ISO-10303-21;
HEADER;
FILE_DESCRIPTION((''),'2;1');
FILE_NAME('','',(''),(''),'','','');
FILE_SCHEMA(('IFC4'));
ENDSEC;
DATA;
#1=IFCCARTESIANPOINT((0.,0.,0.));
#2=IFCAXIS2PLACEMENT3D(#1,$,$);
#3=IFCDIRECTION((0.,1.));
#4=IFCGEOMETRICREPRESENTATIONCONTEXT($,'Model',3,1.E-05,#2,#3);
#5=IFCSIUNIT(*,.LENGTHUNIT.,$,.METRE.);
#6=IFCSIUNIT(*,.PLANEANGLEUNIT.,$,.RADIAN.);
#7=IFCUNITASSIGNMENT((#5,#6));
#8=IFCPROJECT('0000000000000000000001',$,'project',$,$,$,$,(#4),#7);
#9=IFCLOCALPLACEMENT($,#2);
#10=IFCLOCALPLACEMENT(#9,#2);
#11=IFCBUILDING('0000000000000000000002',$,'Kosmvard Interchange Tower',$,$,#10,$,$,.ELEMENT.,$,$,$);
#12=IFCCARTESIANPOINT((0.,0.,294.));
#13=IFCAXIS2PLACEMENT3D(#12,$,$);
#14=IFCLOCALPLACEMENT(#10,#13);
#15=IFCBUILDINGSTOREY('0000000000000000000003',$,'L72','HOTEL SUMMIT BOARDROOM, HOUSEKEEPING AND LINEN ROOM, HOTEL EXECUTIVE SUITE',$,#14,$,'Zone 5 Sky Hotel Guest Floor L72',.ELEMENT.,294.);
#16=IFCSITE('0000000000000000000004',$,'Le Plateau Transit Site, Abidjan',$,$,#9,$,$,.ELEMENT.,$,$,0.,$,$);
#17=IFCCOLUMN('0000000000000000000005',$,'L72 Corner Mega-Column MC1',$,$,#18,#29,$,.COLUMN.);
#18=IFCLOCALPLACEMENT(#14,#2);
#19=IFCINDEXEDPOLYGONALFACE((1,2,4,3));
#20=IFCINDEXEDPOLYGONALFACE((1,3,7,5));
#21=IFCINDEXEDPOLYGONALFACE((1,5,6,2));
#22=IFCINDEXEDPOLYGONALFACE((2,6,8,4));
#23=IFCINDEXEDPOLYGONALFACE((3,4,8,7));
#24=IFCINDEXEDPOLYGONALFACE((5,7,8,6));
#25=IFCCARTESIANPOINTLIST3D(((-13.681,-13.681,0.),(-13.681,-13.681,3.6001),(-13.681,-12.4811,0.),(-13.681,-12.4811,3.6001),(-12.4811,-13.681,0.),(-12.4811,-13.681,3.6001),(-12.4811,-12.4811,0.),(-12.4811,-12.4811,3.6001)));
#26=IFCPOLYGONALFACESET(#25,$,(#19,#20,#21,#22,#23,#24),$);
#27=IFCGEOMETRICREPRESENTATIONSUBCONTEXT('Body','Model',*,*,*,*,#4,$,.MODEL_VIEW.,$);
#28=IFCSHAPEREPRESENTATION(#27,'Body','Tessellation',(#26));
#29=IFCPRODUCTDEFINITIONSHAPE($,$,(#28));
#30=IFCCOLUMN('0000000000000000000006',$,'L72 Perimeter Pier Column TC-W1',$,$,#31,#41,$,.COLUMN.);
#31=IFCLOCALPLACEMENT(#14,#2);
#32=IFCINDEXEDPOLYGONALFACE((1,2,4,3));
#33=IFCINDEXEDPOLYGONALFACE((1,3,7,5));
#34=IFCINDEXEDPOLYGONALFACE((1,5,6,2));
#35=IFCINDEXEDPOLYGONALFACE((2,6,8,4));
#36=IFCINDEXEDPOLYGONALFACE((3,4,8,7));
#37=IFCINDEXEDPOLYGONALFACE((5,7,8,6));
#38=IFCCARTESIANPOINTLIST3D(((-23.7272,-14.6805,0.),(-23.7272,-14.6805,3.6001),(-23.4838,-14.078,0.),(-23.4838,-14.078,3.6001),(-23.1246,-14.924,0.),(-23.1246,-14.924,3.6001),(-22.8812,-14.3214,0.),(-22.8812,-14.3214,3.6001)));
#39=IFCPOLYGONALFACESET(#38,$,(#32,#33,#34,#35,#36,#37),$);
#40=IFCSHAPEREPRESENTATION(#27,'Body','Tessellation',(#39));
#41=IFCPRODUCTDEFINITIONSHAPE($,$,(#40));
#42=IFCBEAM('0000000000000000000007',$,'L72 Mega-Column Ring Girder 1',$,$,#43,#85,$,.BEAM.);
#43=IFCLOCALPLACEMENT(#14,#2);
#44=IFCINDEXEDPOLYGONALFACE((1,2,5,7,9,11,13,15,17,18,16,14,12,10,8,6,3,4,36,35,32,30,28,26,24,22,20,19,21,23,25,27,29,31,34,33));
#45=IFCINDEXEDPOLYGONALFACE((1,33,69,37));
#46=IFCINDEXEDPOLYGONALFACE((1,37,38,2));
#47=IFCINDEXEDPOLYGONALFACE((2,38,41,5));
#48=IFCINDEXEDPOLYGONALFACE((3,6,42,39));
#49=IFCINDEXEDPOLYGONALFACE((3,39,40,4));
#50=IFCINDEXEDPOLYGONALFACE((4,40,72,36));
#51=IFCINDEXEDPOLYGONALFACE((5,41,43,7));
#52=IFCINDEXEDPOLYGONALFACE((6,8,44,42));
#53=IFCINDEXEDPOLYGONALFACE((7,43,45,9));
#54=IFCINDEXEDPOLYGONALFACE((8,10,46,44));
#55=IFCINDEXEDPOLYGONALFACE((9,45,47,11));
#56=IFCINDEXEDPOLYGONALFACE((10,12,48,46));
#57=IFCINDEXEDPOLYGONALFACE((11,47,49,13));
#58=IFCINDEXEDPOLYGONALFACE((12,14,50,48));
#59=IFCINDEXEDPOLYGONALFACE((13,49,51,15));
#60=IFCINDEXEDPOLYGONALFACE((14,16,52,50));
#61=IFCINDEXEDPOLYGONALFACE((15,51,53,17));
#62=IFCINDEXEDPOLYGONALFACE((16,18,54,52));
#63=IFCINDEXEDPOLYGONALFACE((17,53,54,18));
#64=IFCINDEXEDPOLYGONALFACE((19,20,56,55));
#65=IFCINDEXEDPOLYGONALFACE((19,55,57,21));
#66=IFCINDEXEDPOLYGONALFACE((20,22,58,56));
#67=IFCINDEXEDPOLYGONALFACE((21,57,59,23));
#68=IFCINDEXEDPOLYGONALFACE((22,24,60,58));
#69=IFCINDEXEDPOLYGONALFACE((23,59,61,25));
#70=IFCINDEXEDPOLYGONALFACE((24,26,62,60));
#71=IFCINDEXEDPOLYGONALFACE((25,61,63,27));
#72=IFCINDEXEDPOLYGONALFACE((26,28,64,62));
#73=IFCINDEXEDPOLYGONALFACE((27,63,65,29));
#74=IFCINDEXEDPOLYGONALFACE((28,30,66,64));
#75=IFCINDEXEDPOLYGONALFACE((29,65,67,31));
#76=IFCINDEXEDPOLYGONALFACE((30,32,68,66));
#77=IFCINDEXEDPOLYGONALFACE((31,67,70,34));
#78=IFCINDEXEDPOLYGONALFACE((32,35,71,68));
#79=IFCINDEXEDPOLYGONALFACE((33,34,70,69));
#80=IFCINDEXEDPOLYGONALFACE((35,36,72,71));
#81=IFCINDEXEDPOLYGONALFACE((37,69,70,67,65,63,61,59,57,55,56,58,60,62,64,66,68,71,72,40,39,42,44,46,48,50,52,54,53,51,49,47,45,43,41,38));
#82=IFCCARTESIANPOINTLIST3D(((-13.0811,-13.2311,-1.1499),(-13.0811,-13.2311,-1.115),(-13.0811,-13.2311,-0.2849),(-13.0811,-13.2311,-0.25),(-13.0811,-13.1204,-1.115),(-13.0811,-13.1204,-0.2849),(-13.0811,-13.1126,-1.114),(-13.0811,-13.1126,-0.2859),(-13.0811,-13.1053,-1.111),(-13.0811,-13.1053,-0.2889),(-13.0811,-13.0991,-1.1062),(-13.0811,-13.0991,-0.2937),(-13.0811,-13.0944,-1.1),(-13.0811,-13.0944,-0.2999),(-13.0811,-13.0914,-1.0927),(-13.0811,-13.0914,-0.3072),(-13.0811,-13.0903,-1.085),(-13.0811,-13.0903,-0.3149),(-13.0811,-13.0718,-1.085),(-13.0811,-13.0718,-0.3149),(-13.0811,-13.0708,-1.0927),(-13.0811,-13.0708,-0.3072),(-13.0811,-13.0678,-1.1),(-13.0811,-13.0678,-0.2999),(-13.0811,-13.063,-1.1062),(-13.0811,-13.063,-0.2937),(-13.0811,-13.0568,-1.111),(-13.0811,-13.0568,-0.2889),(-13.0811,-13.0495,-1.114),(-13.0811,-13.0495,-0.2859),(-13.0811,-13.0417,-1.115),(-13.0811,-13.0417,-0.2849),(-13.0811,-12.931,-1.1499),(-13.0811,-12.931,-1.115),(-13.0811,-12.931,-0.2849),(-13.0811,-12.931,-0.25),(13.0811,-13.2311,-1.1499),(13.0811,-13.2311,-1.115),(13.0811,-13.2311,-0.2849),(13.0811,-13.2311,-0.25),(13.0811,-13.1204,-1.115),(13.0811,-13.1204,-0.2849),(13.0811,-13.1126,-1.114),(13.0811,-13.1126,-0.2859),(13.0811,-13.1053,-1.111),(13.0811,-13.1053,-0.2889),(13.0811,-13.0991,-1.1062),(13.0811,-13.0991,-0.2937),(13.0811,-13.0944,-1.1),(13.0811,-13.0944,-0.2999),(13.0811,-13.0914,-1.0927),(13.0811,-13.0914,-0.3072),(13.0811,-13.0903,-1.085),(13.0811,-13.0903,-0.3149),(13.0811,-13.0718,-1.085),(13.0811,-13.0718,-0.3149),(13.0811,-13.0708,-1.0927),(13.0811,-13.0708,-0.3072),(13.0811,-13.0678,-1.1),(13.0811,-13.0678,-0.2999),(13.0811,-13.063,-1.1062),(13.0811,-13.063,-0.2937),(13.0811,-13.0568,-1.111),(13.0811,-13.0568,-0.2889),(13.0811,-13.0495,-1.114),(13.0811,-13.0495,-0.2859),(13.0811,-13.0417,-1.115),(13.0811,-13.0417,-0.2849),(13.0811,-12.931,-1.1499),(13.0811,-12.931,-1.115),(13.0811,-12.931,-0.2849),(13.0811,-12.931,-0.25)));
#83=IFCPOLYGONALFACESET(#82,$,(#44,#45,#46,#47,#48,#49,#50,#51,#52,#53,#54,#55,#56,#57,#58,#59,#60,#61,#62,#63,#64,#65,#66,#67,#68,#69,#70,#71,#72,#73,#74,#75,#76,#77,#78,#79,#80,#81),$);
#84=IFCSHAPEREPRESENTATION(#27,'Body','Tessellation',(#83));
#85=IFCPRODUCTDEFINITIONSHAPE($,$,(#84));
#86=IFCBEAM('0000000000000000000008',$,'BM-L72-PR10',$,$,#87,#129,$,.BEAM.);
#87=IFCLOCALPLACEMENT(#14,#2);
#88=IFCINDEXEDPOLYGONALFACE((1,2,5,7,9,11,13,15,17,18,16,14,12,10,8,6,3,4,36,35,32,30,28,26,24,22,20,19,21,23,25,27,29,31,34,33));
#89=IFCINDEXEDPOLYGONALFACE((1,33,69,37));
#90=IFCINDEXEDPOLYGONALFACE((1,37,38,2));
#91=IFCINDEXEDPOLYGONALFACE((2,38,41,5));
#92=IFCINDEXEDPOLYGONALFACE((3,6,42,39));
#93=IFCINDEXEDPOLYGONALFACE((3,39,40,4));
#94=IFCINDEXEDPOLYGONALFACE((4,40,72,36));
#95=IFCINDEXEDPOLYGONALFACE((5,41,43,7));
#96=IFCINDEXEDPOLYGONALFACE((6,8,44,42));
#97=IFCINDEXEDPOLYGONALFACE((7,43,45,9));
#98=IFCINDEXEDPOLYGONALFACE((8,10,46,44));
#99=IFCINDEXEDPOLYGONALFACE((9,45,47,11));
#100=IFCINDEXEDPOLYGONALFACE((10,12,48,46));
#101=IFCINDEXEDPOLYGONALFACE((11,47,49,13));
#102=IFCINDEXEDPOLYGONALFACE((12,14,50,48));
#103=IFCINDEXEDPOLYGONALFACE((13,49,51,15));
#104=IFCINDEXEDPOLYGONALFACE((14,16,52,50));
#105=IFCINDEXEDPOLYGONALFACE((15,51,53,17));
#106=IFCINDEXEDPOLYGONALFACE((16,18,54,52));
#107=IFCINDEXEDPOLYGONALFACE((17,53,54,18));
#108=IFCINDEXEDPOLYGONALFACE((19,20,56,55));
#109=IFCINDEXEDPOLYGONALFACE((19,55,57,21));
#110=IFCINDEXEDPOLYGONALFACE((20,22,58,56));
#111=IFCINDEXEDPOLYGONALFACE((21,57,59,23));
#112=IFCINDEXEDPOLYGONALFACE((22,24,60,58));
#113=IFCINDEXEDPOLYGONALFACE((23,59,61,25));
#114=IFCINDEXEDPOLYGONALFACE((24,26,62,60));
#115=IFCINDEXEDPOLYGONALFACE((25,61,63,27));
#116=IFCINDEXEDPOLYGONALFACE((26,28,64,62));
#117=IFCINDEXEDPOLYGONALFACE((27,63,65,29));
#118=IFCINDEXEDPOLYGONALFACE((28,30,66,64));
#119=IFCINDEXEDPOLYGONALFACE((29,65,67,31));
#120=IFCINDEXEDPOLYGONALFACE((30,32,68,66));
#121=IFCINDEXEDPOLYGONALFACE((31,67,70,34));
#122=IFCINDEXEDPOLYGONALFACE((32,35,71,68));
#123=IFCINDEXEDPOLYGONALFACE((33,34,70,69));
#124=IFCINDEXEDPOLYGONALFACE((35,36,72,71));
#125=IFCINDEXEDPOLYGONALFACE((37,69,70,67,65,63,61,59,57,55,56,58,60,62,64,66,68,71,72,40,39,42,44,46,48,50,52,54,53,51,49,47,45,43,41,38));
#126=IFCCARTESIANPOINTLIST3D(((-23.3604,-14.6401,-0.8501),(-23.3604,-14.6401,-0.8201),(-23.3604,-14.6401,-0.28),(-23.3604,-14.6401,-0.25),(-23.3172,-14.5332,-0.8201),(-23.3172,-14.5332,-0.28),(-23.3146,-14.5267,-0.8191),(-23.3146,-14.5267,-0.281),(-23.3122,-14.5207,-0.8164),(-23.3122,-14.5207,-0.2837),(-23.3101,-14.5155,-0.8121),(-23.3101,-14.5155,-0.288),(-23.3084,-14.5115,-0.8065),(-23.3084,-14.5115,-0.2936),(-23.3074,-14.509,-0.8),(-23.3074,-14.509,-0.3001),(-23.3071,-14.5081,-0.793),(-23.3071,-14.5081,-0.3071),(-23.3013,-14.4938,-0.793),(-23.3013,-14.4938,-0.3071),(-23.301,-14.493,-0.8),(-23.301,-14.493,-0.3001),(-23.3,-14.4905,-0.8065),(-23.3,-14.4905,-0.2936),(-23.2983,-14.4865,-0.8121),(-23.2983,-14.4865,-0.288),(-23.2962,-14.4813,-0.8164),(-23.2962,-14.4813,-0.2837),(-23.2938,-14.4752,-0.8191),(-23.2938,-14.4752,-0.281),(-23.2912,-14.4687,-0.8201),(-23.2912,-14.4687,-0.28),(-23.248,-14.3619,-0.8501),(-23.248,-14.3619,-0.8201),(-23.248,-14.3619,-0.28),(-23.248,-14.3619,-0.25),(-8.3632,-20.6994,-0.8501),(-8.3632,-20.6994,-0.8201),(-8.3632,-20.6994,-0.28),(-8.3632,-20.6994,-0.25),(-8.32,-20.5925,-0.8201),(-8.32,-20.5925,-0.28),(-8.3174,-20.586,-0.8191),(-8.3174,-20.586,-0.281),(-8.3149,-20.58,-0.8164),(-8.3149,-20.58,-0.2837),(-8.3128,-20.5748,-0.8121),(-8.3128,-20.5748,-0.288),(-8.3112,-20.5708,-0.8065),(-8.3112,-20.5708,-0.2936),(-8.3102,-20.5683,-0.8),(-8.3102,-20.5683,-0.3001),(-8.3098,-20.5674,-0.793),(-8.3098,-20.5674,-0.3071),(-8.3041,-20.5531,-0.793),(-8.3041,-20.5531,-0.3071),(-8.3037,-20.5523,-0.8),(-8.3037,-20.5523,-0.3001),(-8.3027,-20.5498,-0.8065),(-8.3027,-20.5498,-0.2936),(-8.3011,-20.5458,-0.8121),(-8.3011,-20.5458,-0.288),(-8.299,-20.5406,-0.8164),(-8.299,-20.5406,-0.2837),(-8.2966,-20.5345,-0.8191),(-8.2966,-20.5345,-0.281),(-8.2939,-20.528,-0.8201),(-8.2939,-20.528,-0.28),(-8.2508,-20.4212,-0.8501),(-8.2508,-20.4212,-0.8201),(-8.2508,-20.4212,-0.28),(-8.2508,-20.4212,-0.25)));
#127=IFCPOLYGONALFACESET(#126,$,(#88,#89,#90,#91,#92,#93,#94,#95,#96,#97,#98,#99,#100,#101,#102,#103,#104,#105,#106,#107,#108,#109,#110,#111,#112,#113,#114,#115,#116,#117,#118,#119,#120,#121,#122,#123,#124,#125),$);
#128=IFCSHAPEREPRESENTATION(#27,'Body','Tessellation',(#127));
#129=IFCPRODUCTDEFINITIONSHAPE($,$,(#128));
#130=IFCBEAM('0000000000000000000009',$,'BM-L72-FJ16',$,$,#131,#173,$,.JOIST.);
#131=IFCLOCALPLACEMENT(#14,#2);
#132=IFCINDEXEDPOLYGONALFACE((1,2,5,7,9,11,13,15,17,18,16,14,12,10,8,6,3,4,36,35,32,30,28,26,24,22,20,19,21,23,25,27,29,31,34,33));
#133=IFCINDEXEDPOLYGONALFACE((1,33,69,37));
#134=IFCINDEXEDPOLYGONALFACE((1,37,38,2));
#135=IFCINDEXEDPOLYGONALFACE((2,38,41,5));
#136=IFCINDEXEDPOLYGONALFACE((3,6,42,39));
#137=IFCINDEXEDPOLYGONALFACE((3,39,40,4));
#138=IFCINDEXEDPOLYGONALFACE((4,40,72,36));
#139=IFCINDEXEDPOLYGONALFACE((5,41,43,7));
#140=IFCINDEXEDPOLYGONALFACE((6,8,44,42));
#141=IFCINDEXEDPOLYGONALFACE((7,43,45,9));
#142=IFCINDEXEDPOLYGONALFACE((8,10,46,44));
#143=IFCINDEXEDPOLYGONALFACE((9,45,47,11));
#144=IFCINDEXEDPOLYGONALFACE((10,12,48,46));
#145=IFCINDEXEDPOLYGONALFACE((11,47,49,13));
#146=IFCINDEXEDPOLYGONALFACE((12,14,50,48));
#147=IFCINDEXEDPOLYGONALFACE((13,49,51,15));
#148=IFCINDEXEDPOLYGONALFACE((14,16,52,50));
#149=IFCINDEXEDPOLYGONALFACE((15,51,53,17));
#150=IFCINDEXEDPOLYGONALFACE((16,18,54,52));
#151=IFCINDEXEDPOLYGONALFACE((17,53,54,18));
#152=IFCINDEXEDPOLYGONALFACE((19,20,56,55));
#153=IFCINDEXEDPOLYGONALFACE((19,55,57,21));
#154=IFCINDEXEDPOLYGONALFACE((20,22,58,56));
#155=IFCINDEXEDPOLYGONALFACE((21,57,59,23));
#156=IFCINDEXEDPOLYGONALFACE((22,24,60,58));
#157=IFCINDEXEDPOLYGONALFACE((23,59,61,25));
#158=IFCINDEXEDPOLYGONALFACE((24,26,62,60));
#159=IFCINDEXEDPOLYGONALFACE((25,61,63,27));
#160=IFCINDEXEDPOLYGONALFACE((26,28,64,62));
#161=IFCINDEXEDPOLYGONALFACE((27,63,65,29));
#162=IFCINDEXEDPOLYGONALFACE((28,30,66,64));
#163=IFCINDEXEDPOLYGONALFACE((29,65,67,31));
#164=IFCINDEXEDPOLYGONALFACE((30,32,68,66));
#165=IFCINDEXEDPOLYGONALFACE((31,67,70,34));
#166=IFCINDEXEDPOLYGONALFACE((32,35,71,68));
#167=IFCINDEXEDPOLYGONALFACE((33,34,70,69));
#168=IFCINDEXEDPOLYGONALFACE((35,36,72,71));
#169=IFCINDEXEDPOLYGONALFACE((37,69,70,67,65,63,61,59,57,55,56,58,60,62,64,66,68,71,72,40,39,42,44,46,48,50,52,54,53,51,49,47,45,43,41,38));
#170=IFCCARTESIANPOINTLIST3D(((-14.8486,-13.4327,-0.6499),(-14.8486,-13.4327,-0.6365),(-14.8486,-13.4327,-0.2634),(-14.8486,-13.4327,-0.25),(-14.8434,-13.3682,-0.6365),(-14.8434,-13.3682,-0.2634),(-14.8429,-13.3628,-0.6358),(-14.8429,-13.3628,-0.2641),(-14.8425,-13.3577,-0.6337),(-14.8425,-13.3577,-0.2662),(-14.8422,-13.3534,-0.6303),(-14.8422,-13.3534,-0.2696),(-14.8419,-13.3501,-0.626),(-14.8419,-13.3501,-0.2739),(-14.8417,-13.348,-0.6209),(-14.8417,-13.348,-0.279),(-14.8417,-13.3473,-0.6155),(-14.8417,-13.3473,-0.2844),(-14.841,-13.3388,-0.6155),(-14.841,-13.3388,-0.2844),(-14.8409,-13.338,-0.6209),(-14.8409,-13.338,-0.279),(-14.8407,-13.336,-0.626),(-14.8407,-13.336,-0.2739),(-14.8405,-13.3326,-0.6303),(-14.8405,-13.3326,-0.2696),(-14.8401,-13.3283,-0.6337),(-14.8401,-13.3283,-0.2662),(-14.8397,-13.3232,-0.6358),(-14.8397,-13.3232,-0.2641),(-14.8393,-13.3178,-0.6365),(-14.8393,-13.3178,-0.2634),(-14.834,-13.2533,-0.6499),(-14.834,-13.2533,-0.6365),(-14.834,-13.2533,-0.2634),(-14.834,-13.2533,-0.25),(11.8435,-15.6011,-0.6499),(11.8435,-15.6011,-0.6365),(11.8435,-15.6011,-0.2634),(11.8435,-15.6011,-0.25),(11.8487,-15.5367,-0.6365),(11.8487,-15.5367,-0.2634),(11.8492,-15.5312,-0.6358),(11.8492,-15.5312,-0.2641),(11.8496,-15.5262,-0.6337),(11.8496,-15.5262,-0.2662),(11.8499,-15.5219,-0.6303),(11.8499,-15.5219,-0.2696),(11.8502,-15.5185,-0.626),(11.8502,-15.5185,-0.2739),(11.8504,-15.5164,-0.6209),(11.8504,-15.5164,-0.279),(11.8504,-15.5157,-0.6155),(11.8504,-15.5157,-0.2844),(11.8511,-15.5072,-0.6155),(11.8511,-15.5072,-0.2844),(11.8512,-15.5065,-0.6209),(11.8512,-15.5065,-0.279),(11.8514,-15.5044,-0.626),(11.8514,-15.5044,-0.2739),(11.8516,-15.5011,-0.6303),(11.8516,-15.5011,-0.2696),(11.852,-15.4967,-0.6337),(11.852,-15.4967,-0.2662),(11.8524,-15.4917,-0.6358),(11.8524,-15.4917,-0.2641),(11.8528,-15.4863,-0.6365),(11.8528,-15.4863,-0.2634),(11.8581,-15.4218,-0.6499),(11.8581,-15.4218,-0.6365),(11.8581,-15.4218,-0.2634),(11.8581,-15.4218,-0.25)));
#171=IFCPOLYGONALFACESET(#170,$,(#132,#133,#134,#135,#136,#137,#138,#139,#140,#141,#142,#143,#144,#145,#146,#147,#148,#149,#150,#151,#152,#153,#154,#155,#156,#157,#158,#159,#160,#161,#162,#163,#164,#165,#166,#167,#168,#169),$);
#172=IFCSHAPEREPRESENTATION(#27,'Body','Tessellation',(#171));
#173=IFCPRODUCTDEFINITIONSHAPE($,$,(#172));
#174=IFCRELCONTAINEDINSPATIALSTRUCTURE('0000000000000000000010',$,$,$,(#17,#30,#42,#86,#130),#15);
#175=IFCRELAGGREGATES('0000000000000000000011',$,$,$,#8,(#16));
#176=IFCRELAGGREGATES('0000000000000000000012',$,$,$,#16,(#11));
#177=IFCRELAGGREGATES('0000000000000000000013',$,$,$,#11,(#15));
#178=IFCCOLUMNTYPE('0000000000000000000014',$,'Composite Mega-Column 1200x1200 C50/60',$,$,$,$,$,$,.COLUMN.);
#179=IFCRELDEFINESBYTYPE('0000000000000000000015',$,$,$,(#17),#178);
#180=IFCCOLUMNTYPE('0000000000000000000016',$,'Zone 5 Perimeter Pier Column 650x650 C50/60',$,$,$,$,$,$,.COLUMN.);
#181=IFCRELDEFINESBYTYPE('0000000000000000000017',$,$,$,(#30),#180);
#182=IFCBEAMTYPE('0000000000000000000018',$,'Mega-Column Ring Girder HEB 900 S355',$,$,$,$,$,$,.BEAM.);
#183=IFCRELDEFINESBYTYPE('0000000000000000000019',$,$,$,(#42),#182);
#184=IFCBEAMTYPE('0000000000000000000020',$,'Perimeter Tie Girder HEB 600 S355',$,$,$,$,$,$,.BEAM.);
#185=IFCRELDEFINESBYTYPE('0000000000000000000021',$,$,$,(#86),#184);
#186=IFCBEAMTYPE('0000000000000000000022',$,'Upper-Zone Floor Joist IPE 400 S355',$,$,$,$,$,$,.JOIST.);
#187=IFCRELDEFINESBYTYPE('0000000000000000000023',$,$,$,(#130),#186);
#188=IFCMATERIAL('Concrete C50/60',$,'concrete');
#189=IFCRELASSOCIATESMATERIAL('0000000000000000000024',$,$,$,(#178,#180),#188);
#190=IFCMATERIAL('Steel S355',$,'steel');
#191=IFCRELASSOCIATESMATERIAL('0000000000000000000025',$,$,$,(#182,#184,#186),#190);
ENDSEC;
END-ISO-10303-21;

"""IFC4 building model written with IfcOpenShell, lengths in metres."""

from ifc_helpers import new_model, si_unit, direction, frame, origin, origin_2d, place, context, subcontext, project, spatial, rectangle, i_section, extrude, source, transform, mapped, material, material_profile, profile_set, type_object, element, save


model = new_model("IFC4")

# Units and contexts
model_context = context("Model", 3, precision=1e-05, world=origin(), true_north=direction((0.0, 1.0)))
body_context = subcontext(model_context, "Body", "Model", "MODEL_VIEW")
ifc_project = project(units=[si_unit("LENGTHUNIT", "METRE"), si_unit("PLANEANGLEUNIT", "RADIAN")], contexts=[model_context])

# Site, building, storey
site_placement = place(None, origin())
site = spatial("IfcSite", under=ifc_project, at=site_placement, Name="Le Plateau Transit Site, Abidjan", CompositionType="ELEMENT", RefElevation=0.0)
building_placement = place(site_placement, origin())
building = spatial("IfcBuilding", under=site, at=building_placement, Name="Kosmvard Interchange Tower", CompositionType="ELEMENT")
storey_placement = place(building_placement, frame((0.0, 0.0, 294.0)))
storey = spatial("IfcBuildingStorey", under=building, at=storey_placement, Name="L72", Description="HOTEL SUMMIT BOARDROOM, HOUSEKEEPING AND LINEN ROOM, HOTEL EXECUTIVE SUITE", LongName="Zone 5 Sky Hotel Guest Floor L72", CompositionType="ELEMENT", Elevation=294.0)

# Columns
ifc_material_1 = material(Name="Concrete C50/60", Category="concrete")
ifc_material_profile_1 = material_profile(ifc_material_1, rectangle(XDim=1.2, YDim=1.2, at=origin_2d()), Name="MC 1200x1200")
ifc_profile_set_1 = profile_set([ifc_material_profile_1], Name="Concrete C50/60")
column_type_1 = type_object("IfcColumnType", Name="Composite Mega-Column 1200x1200 C50/60", PredefinedType="COLUMN", material=ifc_profile_set_1)
shared_shape_1 = source(origin(), body_context, "Body", "SweptSolid", [
    extrude(rectangle(XDim=1.2, YDim=1.2, at=origin_2d()), origin(), (0.0, 0.0, 1.0), 3.6001),
])
column_1_placement = place(storey_placement, frame((-13.0811, -13.0811, 0.0), z_axis=(0.0, 0.0, 1.0), x_axis=(1.0, 0.0, 0.0)))
element("IfcColumn", 1, at=column_1_placement, inside=storey, type_object=column_type_1, Name="L72 Corner Mega-Column MC1", PredefinedType="COLUMN", context=body_context, shape_type="MappedRepresentation", body=[
    mapped(shared_shape_1, transform((0.0, 0.0, 0.0), scale=1.0)),
])
ifc_material_profile_2 = material_profile(ifc_material_1, rectangle(XDim=0.6499, YDim=0.6499, at=origin_2d()), Name="TC 650x650")
ifc_profile_set_2 = profile_set([ifc_material_profile_2], Name="Concrete C50/60")
column_type_2 = type_object("IfcColumnType", Name="Zone 5 Perimeter Pier Column 650x650 C50/60", PredefinedType="COLUMN", material=ifc_profile_set_2)
shared_shape_2 = source(origin(), body_context, "Body", "SweptSolid", [
    extrude(rectangle(XDim=0.6499, YDim=0.6499, at=origin_2d()), origin(), (0.0, 0.0, 1.0), 3.6001),
])
column_2_placement = place(storey_placement, frame((-23.3042, -14.501, 0.0), z_axis=(0.0, 0.0, 1.0), x_axis=(0.374607, 0.927184, 0.0)))
element("IfcColumn", 2, at=column_2_placement, inside=storey, type_object=column_type_2, Name="L72 Perimeter Pier Column TC-W1", PredefinedType="COLUMN", context=body_context, shape_type="MappedRepresentation", body=[
    mapped(shared_shape_2, transform((0.0, 0.0, 0.0), scale=1.0)),
])

# Beams
ifc_material_2 = material(Name="Steel S355", Category="steel")
ifc_material_profile_3 = material_profile(ifc_material_2, i_section(OverallWidth=0.3, OverallDepth=0.8999, WebThickness=0.0186, FlangeThickness=0.0349, FilletRadius=0.03, at=origin_2d()), Name="HEB 900")
ifc_profile_set_3 = profile_set([ifc_material_profile_3], Name="Steel S355")
beam_type_1 = type_object("IfcBeamType", Name="Mega-Column Ring Girder HEB 900 S355", PredefinedType="BEAM", material=ifc_profile_set_3)
shared_shape_3 = source(origin(), body_context, "Body", "SweptSolid", [
    extrude(i_section(OverallWidth=0.3, OverallDepth=0.8999, WebThickness=0.0186, FlangeThickness=0.0349, FilletRadius=0.03, at=origin_2d()), origin(), (0.0, 0.0, 1.0), 26.1621),
])
beam_1_placement = place(storey_placement, frame((-13.0811, -13.0811, -0.7), z_axis=(1.0, 0.0, 0.0), x_axis=(0.0, 1.0, 0.0)))
element("IfcBeam", 3, at=beam_1_placement, inside=storey, type_object=beam_type_1, Name="L72 Mega-Column Ring Girder 1", PredefinedType="BEAM", context=body_context, shape_type="MappedRepresentation", body=[
    mapped(shared_shape_3, transform((0.0, 0.0, 0.0), scale=1.0)),
])
ifc_material_profile_4 = material_profile(ifc_material_2, i_section(OverallWidth=0.3, OverallDepth=0.6001, WebThickness=0.0154, FlangeThickness=0.03, FilletRadius=0.0271, at=origin_2d()), Name="HEB 600")
ifc_profile_set_4 = profile_set([ifc_material_profile_4], Name="Steel S355")
beam_type_2 = type_object("IfcBeamType", Name="Perimeter Tie Girder HEB 600 S355", PredefinedType="BEAM", material=ifc_profile_set_4)
shared_shape_4 = source(origin(), body_context, "Body", "SweptSolid", [
    extrude(i_section(OverallWidth=0.3, OverallDepth=0.6001, WebThickness=0.0154, FlangeThickness=0.03, FilletRadius=0.0271, at=origin_2d()), origin(), (0.0, 0.0, 1.0), 16.175),
])
beam_2_placement = place(storey_placement, frame((-23.3042, -14.501, -0.55), z_axis=(0.927183, -0.374608, 0.0), x_axis=(0.374608, 0.927183, 0.0)))
element("IfcBeam", 4, at=beam_2_placement, inside=storey, type_object=beam_type_2, Name="BM-L72-PR10", PredefinedType="BEAM", context=body_context, shape_type="MappedRepresentation", body=[
    mapped(shared_shape_4, transform((0.0, 0.0, 0.0), scale=1.0)),
])
ifc_material_profile_5 = material_profile(ifc_material_2, i_section(OverallWidth=0.1799, OverallDepth=0.3999, WebThickness=0.0085, FlangeThickness=0.0134, FilletRadius=0.021, at=origin_2d()), Name="IPE 400")
ifc_profile_set_5 = profile_set([ifc_material_profile_5], Name="Steel S355")
beam_type_3 = type_object("IfcBeamType", Name="Upper-Zone Floor Joist IPE 400 S355", PredefinedType="JOIST", material=ifc_profile_set_5)
shared_shape_5 = source(origin(), body_context, "Body", "SweptSolid", [
    extrude(i_section(OverallWidth=0.1799, OverallDepth=0.3999, WebThickness=0.0085, FlangeThickness=0.0134, FilletRadius=0.021, at=origin_2d()), origin(), (0.0, 0.0, 1.0), 26.78),
])
beam_3_placement = place(storey_placement, frame((-14.8413, -13.343, -0.45), z_axis=(0.996716, -0.080973, 0.0), x_axis=(0.080973, 0.996716, 0.0)))
element("IfcBeam", 5, at=beam_3_placement, inside=storey, type_object=beam_type_3, Name="BM-L72-FJ16", PredefinedType="JOIST", context=body_context, shape_type="MappedRepresentation", body=[
    mapped(shared_shape_5, transform((0.0, 0.0, 0.0), scale=1.0)),
])

save(model, "model.ifc")
